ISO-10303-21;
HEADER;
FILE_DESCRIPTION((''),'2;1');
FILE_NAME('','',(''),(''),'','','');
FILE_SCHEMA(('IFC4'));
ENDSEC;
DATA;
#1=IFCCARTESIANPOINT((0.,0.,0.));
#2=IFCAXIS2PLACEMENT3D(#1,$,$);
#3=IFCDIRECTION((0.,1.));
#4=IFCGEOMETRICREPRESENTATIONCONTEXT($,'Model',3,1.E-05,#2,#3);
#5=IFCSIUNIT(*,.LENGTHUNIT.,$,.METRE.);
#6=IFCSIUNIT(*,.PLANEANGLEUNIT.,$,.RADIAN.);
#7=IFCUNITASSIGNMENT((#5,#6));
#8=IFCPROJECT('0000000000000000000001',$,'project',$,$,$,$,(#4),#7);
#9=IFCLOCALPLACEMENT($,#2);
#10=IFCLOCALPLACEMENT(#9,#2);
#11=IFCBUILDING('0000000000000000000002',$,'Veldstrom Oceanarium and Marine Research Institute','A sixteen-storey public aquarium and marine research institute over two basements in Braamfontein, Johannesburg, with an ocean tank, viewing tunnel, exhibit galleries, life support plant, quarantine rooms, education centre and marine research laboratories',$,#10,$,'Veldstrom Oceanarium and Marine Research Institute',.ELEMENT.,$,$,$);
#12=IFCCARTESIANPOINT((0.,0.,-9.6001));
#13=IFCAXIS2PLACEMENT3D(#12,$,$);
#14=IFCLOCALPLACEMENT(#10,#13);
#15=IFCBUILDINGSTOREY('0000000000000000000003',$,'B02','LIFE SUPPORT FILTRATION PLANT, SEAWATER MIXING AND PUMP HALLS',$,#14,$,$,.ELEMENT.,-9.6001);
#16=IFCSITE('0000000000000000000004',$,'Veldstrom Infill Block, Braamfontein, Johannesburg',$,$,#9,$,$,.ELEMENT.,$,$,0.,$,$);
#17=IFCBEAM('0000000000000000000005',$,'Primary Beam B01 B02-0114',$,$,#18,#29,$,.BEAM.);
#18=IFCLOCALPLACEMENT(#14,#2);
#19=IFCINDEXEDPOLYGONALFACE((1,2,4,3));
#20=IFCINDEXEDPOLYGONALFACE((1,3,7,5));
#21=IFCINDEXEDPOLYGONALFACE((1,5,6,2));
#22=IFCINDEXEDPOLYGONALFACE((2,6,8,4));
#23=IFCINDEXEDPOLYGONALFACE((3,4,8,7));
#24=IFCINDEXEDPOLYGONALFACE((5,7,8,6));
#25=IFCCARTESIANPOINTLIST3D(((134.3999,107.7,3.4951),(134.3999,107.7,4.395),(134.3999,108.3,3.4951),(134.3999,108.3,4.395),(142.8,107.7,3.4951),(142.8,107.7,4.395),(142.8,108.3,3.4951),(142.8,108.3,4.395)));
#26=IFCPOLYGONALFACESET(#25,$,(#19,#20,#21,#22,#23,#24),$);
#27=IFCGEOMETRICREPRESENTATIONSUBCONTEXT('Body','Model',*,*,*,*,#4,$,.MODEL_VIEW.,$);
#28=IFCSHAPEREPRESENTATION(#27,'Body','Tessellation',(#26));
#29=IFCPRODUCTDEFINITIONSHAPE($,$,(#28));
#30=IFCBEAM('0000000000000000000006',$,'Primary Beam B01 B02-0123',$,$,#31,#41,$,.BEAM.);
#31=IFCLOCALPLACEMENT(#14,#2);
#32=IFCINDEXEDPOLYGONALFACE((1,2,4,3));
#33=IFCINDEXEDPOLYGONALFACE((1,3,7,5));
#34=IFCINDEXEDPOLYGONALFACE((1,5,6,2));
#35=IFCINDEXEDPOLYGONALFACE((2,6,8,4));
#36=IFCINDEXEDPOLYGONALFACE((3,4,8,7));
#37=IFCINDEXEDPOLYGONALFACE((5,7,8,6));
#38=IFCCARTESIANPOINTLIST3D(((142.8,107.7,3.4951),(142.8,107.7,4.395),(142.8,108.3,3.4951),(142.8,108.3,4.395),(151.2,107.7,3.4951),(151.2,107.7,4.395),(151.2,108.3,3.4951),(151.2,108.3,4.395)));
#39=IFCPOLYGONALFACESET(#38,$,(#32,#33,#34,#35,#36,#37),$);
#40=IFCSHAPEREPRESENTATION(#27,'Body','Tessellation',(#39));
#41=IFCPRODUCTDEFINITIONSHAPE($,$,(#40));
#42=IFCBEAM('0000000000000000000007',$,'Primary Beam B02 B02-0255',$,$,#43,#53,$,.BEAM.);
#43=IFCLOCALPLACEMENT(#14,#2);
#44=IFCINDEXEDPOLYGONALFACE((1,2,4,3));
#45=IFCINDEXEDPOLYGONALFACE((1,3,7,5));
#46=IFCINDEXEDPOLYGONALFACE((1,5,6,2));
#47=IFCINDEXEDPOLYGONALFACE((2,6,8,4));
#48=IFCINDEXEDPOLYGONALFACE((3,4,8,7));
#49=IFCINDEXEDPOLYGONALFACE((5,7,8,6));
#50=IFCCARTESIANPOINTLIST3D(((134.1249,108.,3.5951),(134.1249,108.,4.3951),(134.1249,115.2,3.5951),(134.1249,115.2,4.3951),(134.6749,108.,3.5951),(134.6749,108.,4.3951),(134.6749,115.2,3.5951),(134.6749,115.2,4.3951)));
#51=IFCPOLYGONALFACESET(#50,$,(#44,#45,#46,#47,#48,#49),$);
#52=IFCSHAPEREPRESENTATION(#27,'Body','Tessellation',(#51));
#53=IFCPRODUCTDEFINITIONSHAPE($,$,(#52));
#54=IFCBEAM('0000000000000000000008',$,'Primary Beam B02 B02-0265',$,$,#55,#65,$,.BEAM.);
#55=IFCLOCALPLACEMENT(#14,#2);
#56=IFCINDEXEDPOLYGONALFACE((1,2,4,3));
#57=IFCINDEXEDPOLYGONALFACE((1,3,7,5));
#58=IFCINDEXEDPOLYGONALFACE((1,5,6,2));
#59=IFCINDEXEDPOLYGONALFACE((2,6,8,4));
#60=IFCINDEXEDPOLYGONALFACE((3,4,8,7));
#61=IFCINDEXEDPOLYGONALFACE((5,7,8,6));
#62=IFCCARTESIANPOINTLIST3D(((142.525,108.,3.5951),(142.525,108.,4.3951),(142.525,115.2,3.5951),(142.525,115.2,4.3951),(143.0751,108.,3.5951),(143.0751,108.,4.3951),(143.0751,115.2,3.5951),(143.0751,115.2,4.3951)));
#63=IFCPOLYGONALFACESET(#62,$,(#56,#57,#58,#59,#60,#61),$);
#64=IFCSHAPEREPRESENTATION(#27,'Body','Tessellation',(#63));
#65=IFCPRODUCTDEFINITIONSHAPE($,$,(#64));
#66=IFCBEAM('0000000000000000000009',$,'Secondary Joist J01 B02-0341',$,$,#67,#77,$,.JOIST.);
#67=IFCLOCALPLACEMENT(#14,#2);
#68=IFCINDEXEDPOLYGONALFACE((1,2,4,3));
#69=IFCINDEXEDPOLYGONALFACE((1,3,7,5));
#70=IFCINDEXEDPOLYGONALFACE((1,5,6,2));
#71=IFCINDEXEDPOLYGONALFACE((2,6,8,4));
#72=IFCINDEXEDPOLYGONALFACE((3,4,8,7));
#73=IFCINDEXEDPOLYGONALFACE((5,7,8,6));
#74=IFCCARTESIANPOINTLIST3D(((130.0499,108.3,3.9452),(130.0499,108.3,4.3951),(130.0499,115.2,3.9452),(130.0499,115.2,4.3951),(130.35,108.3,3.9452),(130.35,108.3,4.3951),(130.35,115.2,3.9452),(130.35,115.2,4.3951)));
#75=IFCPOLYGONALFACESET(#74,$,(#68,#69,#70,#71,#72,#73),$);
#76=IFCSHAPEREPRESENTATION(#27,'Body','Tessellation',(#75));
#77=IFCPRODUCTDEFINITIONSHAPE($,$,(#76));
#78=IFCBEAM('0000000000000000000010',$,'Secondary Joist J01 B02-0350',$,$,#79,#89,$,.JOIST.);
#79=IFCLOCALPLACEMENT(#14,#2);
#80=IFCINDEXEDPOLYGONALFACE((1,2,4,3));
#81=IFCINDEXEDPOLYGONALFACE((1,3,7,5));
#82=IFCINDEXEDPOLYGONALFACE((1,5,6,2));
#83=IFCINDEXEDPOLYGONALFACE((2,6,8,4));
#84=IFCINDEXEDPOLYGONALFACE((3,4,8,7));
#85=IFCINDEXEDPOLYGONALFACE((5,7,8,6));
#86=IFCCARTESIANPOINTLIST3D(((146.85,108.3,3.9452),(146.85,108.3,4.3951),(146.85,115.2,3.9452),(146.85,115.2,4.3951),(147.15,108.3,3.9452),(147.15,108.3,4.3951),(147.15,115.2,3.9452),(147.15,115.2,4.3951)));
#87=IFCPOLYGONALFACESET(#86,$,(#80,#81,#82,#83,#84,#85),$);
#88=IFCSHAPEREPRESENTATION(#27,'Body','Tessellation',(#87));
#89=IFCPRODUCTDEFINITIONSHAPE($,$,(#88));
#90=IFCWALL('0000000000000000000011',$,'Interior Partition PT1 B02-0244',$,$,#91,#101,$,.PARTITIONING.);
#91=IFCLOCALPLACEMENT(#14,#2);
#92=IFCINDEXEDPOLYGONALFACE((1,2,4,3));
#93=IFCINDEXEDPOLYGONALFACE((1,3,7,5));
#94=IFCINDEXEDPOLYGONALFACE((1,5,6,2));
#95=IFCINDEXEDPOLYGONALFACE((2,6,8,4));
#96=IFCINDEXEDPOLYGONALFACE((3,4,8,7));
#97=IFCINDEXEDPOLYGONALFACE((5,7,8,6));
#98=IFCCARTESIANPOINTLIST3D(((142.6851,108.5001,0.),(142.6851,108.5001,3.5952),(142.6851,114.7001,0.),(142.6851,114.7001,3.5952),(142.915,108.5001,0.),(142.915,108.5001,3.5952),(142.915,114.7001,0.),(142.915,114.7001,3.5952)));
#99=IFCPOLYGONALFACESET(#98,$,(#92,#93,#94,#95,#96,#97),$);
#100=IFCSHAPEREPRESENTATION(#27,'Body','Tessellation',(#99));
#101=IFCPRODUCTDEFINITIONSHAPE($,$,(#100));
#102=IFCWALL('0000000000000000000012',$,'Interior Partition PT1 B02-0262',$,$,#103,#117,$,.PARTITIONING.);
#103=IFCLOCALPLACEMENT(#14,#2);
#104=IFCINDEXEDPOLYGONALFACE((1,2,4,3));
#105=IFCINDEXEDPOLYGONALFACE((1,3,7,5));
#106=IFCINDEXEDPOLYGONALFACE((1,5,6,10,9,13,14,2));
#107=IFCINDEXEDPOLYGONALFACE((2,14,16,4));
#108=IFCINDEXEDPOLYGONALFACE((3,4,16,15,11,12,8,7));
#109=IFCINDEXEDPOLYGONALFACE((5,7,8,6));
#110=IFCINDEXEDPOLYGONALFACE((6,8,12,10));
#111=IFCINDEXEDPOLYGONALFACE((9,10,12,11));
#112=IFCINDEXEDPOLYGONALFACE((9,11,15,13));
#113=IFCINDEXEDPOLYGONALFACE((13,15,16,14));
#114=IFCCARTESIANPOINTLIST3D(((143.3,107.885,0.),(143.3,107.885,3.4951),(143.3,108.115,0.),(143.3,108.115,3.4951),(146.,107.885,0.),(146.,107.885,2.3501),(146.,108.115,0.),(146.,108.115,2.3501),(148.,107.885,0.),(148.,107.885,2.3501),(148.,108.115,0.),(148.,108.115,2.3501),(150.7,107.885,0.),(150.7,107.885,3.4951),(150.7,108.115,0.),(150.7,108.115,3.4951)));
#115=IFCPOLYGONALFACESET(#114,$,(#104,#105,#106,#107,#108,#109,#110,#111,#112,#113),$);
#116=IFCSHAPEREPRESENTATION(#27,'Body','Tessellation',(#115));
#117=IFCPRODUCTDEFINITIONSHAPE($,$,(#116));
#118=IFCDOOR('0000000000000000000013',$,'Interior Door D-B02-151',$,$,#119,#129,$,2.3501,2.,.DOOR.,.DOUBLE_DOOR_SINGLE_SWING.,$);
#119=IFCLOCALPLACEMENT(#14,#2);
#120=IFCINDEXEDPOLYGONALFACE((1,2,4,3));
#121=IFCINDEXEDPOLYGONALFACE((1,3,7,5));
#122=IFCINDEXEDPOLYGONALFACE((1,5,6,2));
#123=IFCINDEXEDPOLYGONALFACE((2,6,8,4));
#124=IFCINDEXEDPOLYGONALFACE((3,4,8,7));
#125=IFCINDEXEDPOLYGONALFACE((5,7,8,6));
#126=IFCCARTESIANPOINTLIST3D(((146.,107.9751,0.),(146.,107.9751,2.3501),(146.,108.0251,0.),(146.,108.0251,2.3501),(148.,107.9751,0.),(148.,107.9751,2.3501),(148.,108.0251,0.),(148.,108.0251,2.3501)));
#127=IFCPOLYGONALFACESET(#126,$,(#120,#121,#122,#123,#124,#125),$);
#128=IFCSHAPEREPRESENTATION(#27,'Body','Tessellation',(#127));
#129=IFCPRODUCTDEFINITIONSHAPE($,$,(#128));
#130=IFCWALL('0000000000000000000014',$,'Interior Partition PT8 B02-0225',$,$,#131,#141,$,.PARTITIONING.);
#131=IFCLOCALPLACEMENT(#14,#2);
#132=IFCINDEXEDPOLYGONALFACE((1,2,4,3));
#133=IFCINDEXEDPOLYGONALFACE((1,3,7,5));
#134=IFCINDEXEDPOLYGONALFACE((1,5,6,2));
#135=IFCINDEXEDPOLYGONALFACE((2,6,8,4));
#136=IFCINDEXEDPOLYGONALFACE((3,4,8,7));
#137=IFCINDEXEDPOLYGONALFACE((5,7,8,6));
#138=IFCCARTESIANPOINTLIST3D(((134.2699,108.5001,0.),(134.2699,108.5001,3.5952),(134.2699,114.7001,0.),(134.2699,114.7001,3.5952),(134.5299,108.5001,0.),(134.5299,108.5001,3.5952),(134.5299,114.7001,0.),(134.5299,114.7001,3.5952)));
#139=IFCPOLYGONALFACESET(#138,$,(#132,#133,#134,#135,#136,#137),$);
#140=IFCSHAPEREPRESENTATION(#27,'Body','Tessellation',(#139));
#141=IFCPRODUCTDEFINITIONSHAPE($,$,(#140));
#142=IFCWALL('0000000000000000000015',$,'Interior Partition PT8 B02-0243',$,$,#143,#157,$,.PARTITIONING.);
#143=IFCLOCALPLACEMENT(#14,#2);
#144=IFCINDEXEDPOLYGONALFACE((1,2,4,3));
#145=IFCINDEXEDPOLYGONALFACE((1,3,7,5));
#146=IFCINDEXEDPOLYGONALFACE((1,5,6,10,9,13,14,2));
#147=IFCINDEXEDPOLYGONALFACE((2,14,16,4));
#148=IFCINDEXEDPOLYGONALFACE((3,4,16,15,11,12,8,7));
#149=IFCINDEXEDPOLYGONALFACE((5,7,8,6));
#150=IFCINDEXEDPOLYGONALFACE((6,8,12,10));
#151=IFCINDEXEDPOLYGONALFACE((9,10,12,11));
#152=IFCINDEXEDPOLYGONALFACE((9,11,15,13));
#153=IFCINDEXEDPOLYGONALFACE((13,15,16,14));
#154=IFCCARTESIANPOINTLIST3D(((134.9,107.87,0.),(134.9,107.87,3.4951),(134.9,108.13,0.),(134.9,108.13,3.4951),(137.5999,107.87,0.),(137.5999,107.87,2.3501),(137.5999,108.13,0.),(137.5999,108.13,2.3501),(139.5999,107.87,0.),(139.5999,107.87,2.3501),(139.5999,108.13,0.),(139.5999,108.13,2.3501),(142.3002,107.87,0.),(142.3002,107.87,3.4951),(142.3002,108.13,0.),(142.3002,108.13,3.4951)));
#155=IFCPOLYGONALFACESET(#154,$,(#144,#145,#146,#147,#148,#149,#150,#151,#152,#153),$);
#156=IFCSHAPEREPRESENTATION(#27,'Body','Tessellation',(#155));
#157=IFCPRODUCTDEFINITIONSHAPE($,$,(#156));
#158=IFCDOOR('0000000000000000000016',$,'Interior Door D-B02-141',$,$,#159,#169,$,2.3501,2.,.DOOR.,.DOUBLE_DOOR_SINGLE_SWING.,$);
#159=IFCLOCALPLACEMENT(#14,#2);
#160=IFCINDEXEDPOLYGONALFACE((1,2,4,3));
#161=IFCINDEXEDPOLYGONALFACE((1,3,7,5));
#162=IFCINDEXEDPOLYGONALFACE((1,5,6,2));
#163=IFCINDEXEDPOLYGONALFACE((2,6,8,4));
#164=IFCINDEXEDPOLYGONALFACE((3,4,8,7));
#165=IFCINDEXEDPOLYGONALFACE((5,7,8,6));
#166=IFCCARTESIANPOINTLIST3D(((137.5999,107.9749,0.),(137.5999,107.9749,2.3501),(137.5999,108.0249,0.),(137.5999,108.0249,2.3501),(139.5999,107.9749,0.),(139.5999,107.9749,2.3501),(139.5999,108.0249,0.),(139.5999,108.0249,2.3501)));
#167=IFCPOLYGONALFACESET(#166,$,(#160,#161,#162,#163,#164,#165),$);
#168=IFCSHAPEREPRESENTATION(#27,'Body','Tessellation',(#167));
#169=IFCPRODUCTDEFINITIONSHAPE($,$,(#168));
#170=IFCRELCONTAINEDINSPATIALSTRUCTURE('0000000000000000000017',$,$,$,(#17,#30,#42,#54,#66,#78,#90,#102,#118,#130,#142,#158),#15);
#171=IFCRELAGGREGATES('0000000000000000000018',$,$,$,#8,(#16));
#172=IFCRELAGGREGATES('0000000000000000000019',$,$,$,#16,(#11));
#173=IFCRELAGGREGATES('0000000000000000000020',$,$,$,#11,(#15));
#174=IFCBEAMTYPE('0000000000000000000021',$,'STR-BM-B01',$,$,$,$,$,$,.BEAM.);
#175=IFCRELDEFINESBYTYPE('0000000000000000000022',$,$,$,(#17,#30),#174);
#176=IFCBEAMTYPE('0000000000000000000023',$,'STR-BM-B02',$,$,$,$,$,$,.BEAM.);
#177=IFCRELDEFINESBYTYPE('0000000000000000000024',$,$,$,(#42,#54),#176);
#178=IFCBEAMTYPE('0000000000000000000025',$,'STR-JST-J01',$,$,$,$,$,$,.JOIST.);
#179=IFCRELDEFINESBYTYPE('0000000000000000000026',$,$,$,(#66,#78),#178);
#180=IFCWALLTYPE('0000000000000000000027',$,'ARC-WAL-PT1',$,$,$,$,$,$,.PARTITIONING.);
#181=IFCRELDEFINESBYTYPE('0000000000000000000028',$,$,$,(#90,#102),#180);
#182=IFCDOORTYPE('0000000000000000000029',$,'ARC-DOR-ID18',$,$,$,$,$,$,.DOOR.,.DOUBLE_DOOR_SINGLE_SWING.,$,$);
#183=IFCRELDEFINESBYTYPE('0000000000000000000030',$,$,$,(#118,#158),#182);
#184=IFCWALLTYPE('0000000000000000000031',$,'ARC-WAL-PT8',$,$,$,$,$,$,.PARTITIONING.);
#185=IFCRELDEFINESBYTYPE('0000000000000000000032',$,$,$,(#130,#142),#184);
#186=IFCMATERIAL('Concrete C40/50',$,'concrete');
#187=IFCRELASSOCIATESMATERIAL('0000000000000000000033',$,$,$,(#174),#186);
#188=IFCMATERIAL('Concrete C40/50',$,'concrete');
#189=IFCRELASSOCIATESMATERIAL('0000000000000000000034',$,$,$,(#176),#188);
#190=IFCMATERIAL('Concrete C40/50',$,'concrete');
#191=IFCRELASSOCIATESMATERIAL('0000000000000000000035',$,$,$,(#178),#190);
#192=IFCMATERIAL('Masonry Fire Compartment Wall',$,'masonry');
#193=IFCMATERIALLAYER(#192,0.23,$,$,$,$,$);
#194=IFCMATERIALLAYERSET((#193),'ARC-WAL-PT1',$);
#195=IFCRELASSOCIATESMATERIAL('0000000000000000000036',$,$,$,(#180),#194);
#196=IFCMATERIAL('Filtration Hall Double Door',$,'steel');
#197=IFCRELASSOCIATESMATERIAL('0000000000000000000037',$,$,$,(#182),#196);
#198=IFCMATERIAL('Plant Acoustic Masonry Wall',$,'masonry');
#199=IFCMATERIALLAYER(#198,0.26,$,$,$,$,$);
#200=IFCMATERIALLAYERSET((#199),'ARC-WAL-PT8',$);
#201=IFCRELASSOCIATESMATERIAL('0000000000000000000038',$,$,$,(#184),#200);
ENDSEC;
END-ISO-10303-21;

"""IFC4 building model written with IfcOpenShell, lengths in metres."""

from ifc_helpers import new_model, si_unit, direction, frame, frame_2d, origin, origin_2d, place, context, subcontext, project, spatial, rectangle, extrude, material, layer, layer_set, material_profile, profile_set, type_object, element, fill, save


model = new_model("IFC4")

# Units and contexts
model_context = context("Model", 3, precision=1e-05, world=origin(), true_north=direction((0.0, 1.0)))
body_context = subcontext(model_context, "Body", "Model", "MODEL_VIEW")
ifc_project = project(units=[si_unit("LENGTHUNIT", "METRE"), si_unit("PLANEANGLEUNIT", "RADIAN")], contexts=[model_context])

# Site, building, storey
site_placement = place(None, origin())
site = spatial("IfcSite", under=ifc_project, at=site_placement, Name="Veldstrom Infill Block, Braamfontein, Johannesburg", CompositionType="ELEMENT", RefElevation=0.0)
building_placement = place(site_placement, origin())
building = spatial("IfcBuilding", under=site, at=building_placement, Name="Veldstrom Oceanarium and Marine Research Institute", Description="A sixteen-storey public aquarium and marine research institute over two basements in Braamfontein, Johannesburg, with an ocean tank, viewing tunnel, exhibit galleries, life support plant, quarantine rooms, education centre and marine research laboratories", LongName="Veldstrom Oceanarium and Marine Research Institute", CompositionType="ELEMENT")
storey_placement = place(building_placement, frame((0.0, 0.0, -9.6001)))
storey = spatial("IfcBuildingStorey", under=building, at=storey_placement, Name="B02", Description="LIFE SUPPORT FILTRATION PLANT, SEAWATER MIXING AND PUMP HALLS", CompositionType="ELEMENT", Elevation=-9.6001)

# Beams
ifc_material_1 = material(Name="Concrete C40/50", Category="concrete")
ifc_material_profile_1 = material_profile(ifc_material_1, rectangle(XDim=0.6001, YDim=0.8999, at=origin_2d()), Name="RC-BM-600x900")
ifc_profile_set_1 = profile_set([ifc_material_profile_1], Name="Concrete C40/50")
beam_type_1 = type_object("IfcBeamType", Name="STR-BM-B01", PredefinedType="BEAM", material=ifc_profile_set_1)
beam_1_placement = place(storey_placement, frame((134.3999, 108.0, 3.9451), z_axis=(1.0, 0.0, 0.0), x_axis=(0.0, 1.0, 0.0)))
element("IfcBeam", 1, at=beam_1_placement, inside=storey, type_object=beam_type_1, Name="Primary Beam B01 B02-0114", PredefinedType="BEAM", context=body_context, shape_type="SweptSolid", body=[
    extrude(rectangle(XDim=0.6001, YDim=0.8999, at=origin_2d()), origin(), (0.0, 0.0, 1.0), 8.4001),
])
beam_2_placement = place(storey_placement, frame((142.8, 108.0, 3.9451), z_axis=(1.0, 0.0, 0.0), x_axis=(0.0, 1.0, 0.0)))
element("IfcBeam", 2, at=beam_2_placement, inside=storey, type_object=beam_type_1, Name="Primary Beam B01 B02-0123", PredefinedType="BEAM", context=body_context, shape_type="SweptSolid", body=[
    extrude(rectangle(XDim=0.6001, YDim=0.8999, at=origin_2d()), origin(), (0.0, 0.0, 1.0), 8.3999),
])
ifc_material_2 = material(Name="Concrete C40/50", Category="concrete")
ifc_material_profile_2 = material_profile(ifc_material_2, rectangle(XDim=0.55, YDim=0.8, at=origin_2d()), Name="RC-BM-550x800")
ifc_profile_set_2 = profile_set([ifc_material_profile_2], Name="Concrete C40/50")
beam_type_2 = type_object("IfcBeamType", Name="STR-BM-B02", PredefinedType="BEAM", material=ifc_profile_set_2)
for number, where, z_axis, x_axis, name in (
    (3, (134.3999, 108.0, 3.9951), (0.0, 1.0, 0.0), (-1.0, 0.0, 0.0), "Primary Beam B02 B02-0255"),
    (4, (142.8, 108.0, 3.9951), (0.0, 1.0, 0.0), (-1.0, 0.0, 0.0), "Primary Beam B02 B02-0265"),
):
    element("IfcBeam", number, at=place(storey_placement, frame(where, z_axis=z_axis, x_axis=x_axis)), inside=storey, type_object=beam_type_2, Name=name, PredefinedType="BEAM", context=body_context, shape_type="SweptSolid", body=[
        extrude(rectangle(XDim=0.55, YDim=0.8, at=origin_2d()), origin(), (0.0, 0.0, 1.0), 7.2),
    ])
ifc_material_3 = material(Name="Concrete C40/50", Category="concrete")
ifc_material_profile_3 = material_profile(ifc_material_3, rectangle(XDim=0.3, YDim=0.45, at=origin_2d()), Name="RC-JST-300x450")
ifc_profile_set_3 = profile_set([ifc_material_profile_3], Name="Concrete C40/50")
beam_type_3 = type_object("IfcBeamType", Name="STR-JST-J01", PredefinedType="JOIST", material=ifc_profile_set_3)
for number, where, z_axis, x_axis, name in (
    (5, (130.2, 108.3, 4.1702), (0.0, 1.0, 0.0), (-1.0, 0.0, 0.0), "Secondary Joist J01 B02-0341"),
    (6, (147.0, 108.3, 4.1702), (0.0, 1.0, 0.0), (-1.0, 0.0, 0.0), "Secondary Joist J01 B02-0350"),
):
    element("IfcBeam", number, at=place(storey_placement, frame(where, z_axis=z_axis, x_axis=x_axis)), inside=storey, type_object=beam_type_3, Name=name, PredefinedType="JOIST", context=body_context, shape_type="SweptSolid", body=[
        extrude(rectangle(XDim=0.3, YDim=0.45, at=origin_2d()), origin(), (0.0, 0.0, 1.0), 6.8999),
    ])

# Wall
ifc_material_4 = material(Name="Masonry Fire Compartment Wall", Category="masonry")
ifc_layer_1 = layer(ifc_material_4, 0.23)
ifc_layer_set_1 = layer_set([ifc_layer_1], Name="ARC-WAL-PT1")
wall_type_1 = type_object("IfcWallType", Name="ARC-WAL-PT1", PredefinedType="PARTITIONING", material=ifc_layer_set_1)
wall_1_placement = place(storey_placement, frame((142.8, 108.5, 0.0), z_axis=(0.0, 0.0, 1.0), x_axis=(0.0, 1.0, 0.0)))
element("IfcWall", 7, at=wall_1_placement, inside=storey, type_object=wall_type_1, Name="Interior Partition PT1 B02-0244", PredefinedType="PARTITIONING", context=body_context, shape_type="SweptSolid", body=[
    extrude(rectangle(XDim=6.2, YDim=0.23, at=frame_2d((3.1001, 0.0))), origin(), (0.0, 0.0, 1.0), 3.5952),
])

# Wall, opening, door
wall_2_placement = place(storey_placement, frame((143.3, 108.0, 0.0), z_axis=(0.0, 0.0, 1.0), x_axis=(1.0, 0.0, 0.0)))
wall_2 = element("IfcWall", 8, at=wall_2_placement, inside=storey, type_object=wall_type_1, Name="Interior Partition PT1 B02-0262", PredefinedType="PARTITIONING", context=body_context, shape_type="SweptSolid", body=[
    extrude(rectangle(XDim=7.3999, YDim=0.23, at=frame_2d((3.7, 0.0))), origin(), (0.0, 0.0, 1.0), 3.4951),
])
opening_1_placement = place(wall_2_placement, frame((2.7, 0.0, 0.0)))
opening_1 = element("IfcOpeningElement", 9, at=opening_1_placement, cuts=wall_2, PredefinedType="OPENING", context=body_context, shape_type="SweptSolid", body=[
    extrude(rectangle(XDim=2.0, YDim=2.3501, at=frame_2d((1.0, 1.175))), frame((0.0, 0.125, 0.0), z_axis=(0.0, -1.0, 0.0), x_axis=(1.0, 0.0, 0.0)), (0.0, 0.0, 1.0), 0.25),
])
ifc_material_5 = material(Name="Filtration Hall Double Door", Category="steel")
door_type = type_object("IfcDoorType", Name="ARC-DOR-ID18", OperationType="DOUBLE_DOOR_SINGLE_SWING", PredefinedType="DOOR", material=ifc_material_5)
door_1_placement = place(opening_1_placement, frame((2.0, 0.0, 0.0), z_axis=(0.0, 0.0, 1.0), x_axis=(-1.0, 0.0, 0.0)))
door_1 = element("IfcDoor", 10, at=door_1_placement, inside=storey, type_object=door_type, Name="Interior Door D-B02-151", OperationType="DOUBLE_DOOR_SINGLE_SWING", OverallHeight=2.3501, OverallWidth=2.0, PredefinedType="DOOR", context=body_context, shape_type="SweptSolid", body=[
    extrude(rectangle(XDim=2.0, YDim=2.3501, at=frame_2d((1.0, 1.175))), frame((0.0, 0.0249, 0.0), z_axis=(0.0, -1.0, 0.0), x_axis=(1.0, 0.0, 0.0)), (0.0, 0.0, 1.0), 0.05),
])
fill(opening_1, door_1)

# Wall
ifc_material_6 = material(Name="Plant Acoustic Masonry Wall", Category="masonry")
ifc_layer_2 = layer(ifc_material_6, 0.26)
ifc_layer_set_2 = layer_set([ifc_layer_2], Name="ARC-WAL-PT8")
wall_type_2 = type_object("IfcWallType", Name="ARC-WAL-PT8", PredefinedType="PARTITIONING", material=ifc_layer_set_2)
wall_3_placement = place(storey_placement, frame((134.3999, 108.5, 0.0), z_axis=(0.0, 0.0, 1.0), x_axis=(0.0, 1.0, 0.0)))
element("IfcWall", 11, at=wall_3_placement, inside=storey, type_object=wall_type_2, Name="Interior Partition PT8 B02-0225", PredefinedType="PARTITIONING", context=body_context, shape_type="SweptSolid", body=[
    extrude(rectangle(XDim=6.2, YDim=0.26, at=frame_2d((3.1001, 0.0))), origin(), (0.0, 0.0, 1.0), 3.5952),
])

# Wall, opening, door
wall_4_placement = place(storey_placement, frame((134.8999, 108.0, 0.0), z_axis=(0.0, 0.0, 1.0), x_axis=(1.0, 0.0, 0.0)))
wall_4 = element("IfcWall", 12, at=wall_4_placement, inside=storey, type_object=wall_type_2, Name="Interior Partition PT8 B02-0243", PredefinedType="PARTITIONING", context=body_context, shape_type="SweptSolid", body=[
    extrude(rectangle(XDim=7.4001, YDim=0.26, at=frame_2d((3.7002, 0.0))), origin(), (0.0, 0.0, 1.0), 3.4951),
])
opening_2_placement = place(wall_4_placement, frame((2.7, 0.0, 0.0)))
opening_2 = element("IfcOpeningElement", 13, at=opening_2_placement, cuts=wall_4, PredefinedType="OPENING", context=body_context, shape_type="SweptSolid", body=[
    extrude(rectangle(XDim=2.0, YDim=2.3501, at=frame_2d((1.0, 1.175))), frame((0.0, 0.1399, 0.0), z_axis=(0.0, -1.0, 0.0), x_axis=(1.0, 0.0, 0.0)), (0.0, 0.0, 1.0), 0.28),
])
door_2_placement = place(opening_2_placement, origin())
door_2 = element("IfcDoor", 14, at=door_2_placement, inside=storey, type_object=door_type, Name="Interior Door D-B02-141", OperationType="DOUBLE_DOOR_SINGLE_SWING", OverallHeight=2.3501, OverallWidth=2.0, PredefinedType="DOOR", context=body_context, shape_type="SweptSolid", body=[
    extrude(rectangle(XDim=2.0, YDim=2.3501, at=frame_2d((1.0, 1.175))), frame((0.0, 0.0249, 0.0), z_axis=(0.0, -1.0, 0.0), x_axis=(1.0, 0.0, 0.0)), (0.0, 0.0, 1.0), 0.05),
])
fill(opening_2, door_2)

save(model, "model.ifc")
